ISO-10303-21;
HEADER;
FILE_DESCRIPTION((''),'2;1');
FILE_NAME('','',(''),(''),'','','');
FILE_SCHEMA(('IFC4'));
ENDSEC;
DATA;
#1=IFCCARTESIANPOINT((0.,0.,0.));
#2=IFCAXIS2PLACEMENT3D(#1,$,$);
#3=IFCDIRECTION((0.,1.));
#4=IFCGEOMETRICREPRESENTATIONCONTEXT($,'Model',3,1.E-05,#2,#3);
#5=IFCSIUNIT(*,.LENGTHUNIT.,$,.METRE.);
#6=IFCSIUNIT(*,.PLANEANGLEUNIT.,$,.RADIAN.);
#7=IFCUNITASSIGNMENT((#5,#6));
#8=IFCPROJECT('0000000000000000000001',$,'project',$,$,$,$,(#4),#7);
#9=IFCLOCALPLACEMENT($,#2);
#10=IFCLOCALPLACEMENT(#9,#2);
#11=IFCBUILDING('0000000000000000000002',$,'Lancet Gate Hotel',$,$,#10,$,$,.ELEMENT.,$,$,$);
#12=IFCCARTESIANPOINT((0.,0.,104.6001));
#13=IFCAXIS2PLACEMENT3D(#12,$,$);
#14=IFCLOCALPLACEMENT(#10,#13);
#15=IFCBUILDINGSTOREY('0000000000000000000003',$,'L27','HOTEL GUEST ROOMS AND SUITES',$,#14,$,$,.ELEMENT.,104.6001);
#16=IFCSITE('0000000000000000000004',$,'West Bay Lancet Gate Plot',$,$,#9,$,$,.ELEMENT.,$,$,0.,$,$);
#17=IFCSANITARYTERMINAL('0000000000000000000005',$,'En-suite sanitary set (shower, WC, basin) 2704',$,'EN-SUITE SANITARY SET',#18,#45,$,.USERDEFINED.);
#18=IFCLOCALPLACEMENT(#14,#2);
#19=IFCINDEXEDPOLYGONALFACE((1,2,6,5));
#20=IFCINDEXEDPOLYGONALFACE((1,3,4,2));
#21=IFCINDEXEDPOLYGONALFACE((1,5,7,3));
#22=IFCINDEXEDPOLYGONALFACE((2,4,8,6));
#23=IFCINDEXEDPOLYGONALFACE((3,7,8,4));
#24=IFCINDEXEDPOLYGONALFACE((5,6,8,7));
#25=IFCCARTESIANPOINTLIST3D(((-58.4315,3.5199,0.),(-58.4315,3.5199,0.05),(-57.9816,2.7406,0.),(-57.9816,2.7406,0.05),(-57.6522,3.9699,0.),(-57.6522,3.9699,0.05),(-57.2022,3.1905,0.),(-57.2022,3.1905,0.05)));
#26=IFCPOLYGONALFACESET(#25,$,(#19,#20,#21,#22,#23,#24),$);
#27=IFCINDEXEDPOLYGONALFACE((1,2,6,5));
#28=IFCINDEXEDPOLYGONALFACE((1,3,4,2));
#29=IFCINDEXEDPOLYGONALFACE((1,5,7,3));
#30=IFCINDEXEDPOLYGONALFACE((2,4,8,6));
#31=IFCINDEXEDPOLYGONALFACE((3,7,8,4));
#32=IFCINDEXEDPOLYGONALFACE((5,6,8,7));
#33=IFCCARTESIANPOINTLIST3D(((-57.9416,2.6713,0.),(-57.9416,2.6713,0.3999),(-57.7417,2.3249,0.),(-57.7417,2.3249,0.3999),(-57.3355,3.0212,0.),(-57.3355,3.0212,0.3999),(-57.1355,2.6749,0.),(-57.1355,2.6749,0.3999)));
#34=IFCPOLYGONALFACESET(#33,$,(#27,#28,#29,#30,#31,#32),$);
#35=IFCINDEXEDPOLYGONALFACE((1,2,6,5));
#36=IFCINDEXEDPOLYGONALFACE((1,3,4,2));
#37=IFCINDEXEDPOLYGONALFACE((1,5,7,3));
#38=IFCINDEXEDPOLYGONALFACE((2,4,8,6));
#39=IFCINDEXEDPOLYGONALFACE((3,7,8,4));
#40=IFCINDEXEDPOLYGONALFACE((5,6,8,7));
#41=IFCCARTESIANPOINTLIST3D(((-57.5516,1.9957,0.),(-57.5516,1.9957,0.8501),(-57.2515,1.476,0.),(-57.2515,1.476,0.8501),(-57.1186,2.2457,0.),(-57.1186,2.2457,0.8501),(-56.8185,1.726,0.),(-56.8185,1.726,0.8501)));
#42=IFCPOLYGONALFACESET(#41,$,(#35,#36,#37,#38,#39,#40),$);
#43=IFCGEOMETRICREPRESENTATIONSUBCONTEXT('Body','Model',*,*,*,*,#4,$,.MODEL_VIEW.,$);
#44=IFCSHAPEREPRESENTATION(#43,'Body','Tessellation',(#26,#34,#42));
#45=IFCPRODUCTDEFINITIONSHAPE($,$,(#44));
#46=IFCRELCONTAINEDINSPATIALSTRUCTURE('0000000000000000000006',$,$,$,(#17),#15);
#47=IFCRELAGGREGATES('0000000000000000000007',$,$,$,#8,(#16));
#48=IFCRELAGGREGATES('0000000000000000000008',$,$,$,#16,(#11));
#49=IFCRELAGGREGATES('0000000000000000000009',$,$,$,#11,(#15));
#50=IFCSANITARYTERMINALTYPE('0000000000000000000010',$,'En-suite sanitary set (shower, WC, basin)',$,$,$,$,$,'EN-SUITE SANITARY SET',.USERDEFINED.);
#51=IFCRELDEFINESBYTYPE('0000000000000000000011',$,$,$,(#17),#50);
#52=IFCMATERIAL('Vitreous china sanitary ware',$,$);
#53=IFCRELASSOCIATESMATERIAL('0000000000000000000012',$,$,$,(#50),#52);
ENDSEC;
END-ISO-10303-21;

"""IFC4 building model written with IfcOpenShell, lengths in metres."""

from ifc_helpers import new_model, si_unit, direction, frame, origin, origin_2d, place, context, subcontext, project, spatial, rectangle, extrude, material, type_object, element, save


model = new_model("IFC4")

# Units and contexts
model_context = context("Model", 3, precision=1e-05, world=origin(), true_north=direction((0.0, 1.0)))
body_context = subcontext(model_context, "Body", "Model", "MODEL_VIEW")
ifc_project = project(units=[si_unit("LENGTHUNIT", "METRE"), si_unit("PLANEANGLEUNIT", "RADIAN")], contexts=[model_context])

# Site, building, storey
site_placement = place(None, origin())
site = spatial("IfcSite", under=ifc_project, at=site_placement, Name="West Bay Lancet Gate Plot", CompositionType="ELEMENT", RefElevation=0.0)
building_placement = place(site_placement, origin())
building = spatial("IfcBuilding", under=site, at=building_placement, Name="Lancet Gate Hotel", CompositionType="ELEMENT")
storey_placement = place(building_placement, frame((0.0, 0.0, 104.6001)))
storey = spatial("IfcBuildingStorey", under=building, at=storey_placement, Name="L27", Description="HOTEL GUEST ROOMS AND SUITES", CompositionType="ELEMENT", Elevation=104.6001)

# Sanitary terminal
ifc_material_1 = material(Name="Vitreous china sanitary ware")
sanitary_terminal_type = type_object("IfcSanitaryTerminalType", Name="En-suite sanitary set (shower, WC, basin)", ElementType="EN-SUITE SANITARY SET", PredefinedType="USERDEFINED", material=ifc_material_1)
sanitary_terminal_placement = place(storey_placement, frame((-57.8169, 3.3552, 0.0), z_axis=(0.0, 0.0, 1.0), x_axis=(1.0, 0.0, 0.0)))
element("IfcSanitaryTerminal", 1, at=sanitary_terminal_placement, inside=storey, type_object=sanitary_terminal_type, Name="En-suite sanitary set (shower, WC, basin) 2704", ObjectType="EN-SUITE SANITARY SET", PredefinedType="USERDEFINED", context=body_context, shape_type="SweptSolid", body=[
    extrude(rectangle(XDim=0.8999, YDim=0.8999, at=origin_2d()), frame((0.0, 0.0, 0.0), z_axis=(0.0, 0.0, 1.0), x_axis=(-0.5, 0.866025, 0.0)), (0.0, 0.0, 1.0), 0.05),
    extrude(rectangle(XDim=0.3999, YDim=0.7, at=origin_2d()), frame((0.2783, -0.6821, 0.0), z_axis=(0.0, 0.0, 1.0), x_axis=(-0.5, 0.866025, 0.0)), (0.0, 0.0, 1.0), 0.3999),
    extrude(rectangle(XDim=0.6001, YDim=0.5, at=origin_2d()), frame((0.6318, -1.4944, 0.0), z_axis=(0.0, 0.0, 1.0), x_axis=(-0.5, 0.866025, 0.0)), (0.0, 0.0, 1.0), 0.8501),
])

save(model, "model.ifc")
